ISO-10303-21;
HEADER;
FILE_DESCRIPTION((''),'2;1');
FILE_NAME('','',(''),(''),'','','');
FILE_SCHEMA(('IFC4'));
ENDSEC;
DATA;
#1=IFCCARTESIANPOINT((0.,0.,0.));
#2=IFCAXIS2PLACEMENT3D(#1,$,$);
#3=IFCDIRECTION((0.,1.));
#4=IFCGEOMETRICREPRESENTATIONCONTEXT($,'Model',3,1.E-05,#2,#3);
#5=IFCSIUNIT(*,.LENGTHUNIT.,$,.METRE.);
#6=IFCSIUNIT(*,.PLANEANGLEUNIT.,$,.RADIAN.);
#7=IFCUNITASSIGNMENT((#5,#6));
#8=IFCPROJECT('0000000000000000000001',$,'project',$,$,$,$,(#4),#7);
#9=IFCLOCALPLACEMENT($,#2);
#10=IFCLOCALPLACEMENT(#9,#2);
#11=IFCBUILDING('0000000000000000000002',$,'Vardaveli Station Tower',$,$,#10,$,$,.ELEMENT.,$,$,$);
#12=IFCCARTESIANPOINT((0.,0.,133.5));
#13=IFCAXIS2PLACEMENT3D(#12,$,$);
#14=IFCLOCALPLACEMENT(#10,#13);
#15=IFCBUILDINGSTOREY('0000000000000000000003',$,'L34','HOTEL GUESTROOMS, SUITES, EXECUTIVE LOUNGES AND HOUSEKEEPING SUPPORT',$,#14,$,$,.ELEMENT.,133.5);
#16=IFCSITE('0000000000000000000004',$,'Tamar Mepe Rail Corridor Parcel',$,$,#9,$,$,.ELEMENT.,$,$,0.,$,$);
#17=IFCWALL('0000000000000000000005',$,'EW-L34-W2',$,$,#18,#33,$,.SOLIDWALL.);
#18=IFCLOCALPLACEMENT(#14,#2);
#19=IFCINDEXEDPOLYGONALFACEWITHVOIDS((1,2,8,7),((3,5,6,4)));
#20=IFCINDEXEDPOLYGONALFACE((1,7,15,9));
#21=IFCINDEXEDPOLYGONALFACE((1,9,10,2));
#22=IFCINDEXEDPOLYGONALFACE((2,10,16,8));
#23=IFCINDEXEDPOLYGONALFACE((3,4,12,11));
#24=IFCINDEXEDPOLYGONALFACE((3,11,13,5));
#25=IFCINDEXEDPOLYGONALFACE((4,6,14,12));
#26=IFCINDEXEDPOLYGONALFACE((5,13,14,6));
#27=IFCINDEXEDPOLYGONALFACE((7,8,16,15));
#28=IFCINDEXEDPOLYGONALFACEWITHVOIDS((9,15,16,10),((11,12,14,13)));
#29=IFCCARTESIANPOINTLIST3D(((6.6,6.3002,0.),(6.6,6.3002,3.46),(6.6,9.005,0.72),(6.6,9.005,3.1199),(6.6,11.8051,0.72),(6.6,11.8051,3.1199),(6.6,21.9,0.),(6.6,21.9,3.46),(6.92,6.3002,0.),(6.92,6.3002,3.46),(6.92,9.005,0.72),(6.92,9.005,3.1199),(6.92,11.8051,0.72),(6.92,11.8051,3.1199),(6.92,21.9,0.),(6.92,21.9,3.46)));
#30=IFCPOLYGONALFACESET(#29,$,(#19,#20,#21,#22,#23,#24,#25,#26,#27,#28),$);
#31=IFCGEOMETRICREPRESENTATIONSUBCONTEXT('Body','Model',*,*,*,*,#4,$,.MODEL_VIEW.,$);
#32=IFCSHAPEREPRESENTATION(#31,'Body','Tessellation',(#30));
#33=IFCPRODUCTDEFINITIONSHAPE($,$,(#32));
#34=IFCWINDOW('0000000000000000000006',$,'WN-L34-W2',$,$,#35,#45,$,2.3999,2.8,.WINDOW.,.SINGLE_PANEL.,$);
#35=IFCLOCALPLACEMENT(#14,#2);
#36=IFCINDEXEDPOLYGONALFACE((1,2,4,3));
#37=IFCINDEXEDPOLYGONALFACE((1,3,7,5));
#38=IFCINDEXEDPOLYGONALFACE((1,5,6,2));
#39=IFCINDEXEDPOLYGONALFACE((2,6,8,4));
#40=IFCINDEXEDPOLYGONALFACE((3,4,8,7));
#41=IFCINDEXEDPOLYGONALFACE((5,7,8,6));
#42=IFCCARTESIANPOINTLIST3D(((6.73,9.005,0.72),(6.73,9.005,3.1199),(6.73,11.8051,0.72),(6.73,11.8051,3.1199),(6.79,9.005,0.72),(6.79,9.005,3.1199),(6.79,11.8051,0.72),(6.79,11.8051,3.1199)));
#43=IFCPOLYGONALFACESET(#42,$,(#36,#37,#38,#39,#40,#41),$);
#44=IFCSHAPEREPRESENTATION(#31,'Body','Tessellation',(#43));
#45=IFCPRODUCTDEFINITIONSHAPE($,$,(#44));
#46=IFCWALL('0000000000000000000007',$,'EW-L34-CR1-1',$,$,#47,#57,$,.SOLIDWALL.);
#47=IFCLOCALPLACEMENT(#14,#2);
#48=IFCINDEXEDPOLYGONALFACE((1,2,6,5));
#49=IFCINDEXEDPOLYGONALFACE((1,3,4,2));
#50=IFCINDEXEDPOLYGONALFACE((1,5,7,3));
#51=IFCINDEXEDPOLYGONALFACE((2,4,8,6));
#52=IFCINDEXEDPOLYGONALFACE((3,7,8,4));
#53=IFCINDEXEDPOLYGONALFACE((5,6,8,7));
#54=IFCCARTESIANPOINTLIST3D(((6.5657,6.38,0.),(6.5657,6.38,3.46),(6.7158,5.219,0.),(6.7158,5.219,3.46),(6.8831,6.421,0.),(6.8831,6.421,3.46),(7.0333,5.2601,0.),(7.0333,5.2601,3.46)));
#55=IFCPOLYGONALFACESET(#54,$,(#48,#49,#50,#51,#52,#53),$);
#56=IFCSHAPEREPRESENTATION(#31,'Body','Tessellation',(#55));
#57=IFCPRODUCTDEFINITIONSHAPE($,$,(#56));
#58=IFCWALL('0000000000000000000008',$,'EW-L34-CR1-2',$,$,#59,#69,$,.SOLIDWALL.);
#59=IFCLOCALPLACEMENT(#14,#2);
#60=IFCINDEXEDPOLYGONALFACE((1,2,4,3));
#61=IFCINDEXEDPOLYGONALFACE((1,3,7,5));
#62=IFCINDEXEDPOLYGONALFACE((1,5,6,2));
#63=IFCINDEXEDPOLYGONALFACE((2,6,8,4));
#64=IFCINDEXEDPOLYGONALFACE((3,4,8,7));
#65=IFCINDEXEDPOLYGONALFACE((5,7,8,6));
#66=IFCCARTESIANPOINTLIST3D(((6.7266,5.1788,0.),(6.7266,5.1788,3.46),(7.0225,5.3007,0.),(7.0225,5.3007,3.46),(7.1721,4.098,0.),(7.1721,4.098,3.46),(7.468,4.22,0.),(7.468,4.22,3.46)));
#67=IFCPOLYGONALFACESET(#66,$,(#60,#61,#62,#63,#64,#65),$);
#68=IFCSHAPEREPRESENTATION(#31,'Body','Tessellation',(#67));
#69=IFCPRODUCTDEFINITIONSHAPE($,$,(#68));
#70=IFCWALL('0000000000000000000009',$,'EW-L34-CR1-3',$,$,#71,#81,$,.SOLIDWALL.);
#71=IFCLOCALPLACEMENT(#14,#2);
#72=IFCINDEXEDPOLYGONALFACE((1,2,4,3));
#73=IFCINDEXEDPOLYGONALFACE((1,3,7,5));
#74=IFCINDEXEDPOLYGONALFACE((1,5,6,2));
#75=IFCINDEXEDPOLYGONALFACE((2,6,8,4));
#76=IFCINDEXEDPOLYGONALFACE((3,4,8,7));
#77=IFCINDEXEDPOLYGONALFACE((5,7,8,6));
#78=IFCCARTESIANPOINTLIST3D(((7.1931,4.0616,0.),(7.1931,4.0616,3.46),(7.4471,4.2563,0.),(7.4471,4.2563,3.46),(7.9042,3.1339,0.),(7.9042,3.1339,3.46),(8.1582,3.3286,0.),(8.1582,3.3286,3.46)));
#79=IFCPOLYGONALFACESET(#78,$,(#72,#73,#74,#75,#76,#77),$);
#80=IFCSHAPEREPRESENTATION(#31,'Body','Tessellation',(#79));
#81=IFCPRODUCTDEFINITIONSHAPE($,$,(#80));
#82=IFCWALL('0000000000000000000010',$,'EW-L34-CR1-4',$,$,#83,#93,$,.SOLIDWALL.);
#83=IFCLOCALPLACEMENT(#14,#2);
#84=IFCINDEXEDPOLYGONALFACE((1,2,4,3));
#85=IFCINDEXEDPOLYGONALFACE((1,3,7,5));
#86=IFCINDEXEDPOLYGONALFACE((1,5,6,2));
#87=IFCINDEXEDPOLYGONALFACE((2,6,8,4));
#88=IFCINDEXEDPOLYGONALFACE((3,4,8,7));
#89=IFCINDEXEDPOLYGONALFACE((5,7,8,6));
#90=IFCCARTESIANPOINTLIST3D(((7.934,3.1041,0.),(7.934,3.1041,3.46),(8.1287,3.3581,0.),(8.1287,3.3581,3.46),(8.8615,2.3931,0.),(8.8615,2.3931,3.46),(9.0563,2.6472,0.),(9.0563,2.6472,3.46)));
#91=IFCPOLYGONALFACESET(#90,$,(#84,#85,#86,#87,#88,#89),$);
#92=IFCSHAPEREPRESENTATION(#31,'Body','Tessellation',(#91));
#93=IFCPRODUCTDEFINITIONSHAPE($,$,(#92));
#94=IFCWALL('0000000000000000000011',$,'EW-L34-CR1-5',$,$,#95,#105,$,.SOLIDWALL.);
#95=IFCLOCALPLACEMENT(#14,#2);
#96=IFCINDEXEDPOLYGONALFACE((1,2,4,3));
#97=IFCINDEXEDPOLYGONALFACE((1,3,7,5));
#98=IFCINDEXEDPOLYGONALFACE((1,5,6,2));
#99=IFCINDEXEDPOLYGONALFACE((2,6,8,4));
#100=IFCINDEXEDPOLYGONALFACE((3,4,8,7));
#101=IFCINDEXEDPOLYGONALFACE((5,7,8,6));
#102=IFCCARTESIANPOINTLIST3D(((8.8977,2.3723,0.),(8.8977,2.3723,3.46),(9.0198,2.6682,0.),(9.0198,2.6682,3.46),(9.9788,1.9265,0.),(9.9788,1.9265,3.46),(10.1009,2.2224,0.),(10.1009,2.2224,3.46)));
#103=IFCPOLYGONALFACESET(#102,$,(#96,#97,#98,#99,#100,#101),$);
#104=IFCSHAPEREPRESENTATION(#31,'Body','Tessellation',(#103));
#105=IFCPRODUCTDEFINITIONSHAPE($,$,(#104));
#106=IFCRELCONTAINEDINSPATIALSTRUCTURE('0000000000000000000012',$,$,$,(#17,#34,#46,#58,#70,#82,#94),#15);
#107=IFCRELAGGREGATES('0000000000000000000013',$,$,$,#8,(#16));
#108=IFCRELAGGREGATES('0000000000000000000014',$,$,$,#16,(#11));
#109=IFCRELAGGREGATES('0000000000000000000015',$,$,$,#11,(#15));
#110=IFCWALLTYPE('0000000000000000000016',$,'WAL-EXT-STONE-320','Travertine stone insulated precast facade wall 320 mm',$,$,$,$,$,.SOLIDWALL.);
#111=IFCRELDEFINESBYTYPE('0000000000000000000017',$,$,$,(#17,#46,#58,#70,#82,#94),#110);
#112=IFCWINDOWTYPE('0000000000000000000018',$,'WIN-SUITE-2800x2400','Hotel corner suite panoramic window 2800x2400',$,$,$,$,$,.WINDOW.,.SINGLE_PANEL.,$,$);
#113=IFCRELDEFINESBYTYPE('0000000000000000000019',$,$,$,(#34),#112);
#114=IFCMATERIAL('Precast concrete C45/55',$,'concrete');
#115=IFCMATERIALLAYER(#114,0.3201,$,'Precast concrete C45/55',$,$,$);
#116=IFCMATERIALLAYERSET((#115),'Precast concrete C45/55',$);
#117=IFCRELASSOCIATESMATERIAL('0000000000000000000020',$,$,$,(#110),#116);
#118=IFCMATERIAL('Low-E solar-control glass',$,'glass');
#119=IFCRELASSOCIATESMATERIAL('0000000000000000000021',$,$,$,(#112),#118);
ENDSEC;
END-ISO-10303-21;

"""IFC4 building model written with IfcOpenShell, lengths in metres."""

from ifc_helpers import new_model, si_unit, direction, frame, frame_2d, origin, place, context, subcontext, project, spatial, rectangle, extrude, source, transform, mapped, material, layer, layer_set, type_object, element, fill, save


model = new_model("IFC4")

# Units and contexts
model_context = context("Model", 3, precision=1e-05, world=origin(), true_north=direction((0.0, 1.0)))
body_context = subcontext(model_context, "Body", "Model", "MODEL_VIEW")
ifc_project = project(units=[si_unit("LENGTHUNIT", "METRE"), si_unit("PLANEANGLEUNIT", "RADIAN")], contexts=[model_context])

# Site, building, storey
site_placement = place(None, origin())
site = spatial("IfcSite", under=ifc_project, at=site_placement, Name="Tamar Mepe Rail Corridor Parcel", CompositionType="ELEMENT", RefElevation=0.0)
building_placement = place(site_placement, origin())
building = spatial("IfcBuilding", under=site, at=building_placement, Name="Vardaveli Station Tower", CompositionType="ELEMENT")
storey_placement = place(building_placement, frame((0.0, 0.0, 133.5)))
storey = spatial("IfcBuildingStorey", under=building, at=storey_placement, Name="L34", Description="HOTEL GUESTROOMS, SUITES, EXECUTIVE LOUNGES AND HOUSEKEEPING SUPPORT", CompositionType="ELEMENT", Elevation=133.5)

# Shared definitions
ifc_material_1 = material(Name="Precast concrete C45/55", Category="concrete")

# Wall, opening, window
ifc_layer_1 = layer(ifc_material_1, 0.3201, Name="Precast concrete C45/55")
ifc_layer_set_1 = layer_set([ifc_layer_1], Name="Precast concrete C45/55")
wall_type_1 = type_object("IfcWallType", Name="WAL-EXT-STONE-320", Description="Travertine stone insulated precast facade wall 320 mm", PredefinedType="SOLIDWALL", material=ifc_layer_set_1)
shared_shape_1 = source(origin(), body_context, "Body", "SweptSolid", [
    extrude(rectangle(XDim=15.5999, YDim=0.3201, at=frame_2d((7.7998, 0.0))), origin(), (0.0, 0.0, 1.0), 3.46),
])
wall_1_placement = place(storey_placement, frame((6.76, 21.8999, 0.0), z_axis=(0.0, 0.0, 1.0), x_axis=(0.0, -1.0, 0.0)))
wall_1 = element("IfcWall", 1, at=wall_1_placement, inside=storey, type_object=wall_type_1, Name="EW-L34-W2", PredefinedType="SOLIDWALL", context=body_context, shape_type="MappedRepresentation", body=[
    mapped(shared_shape_1, transform((0.0, 0.0, 0.0), scale=1.0)),
])
shared_shape_2 = source(origin(), body_context, "Body", "SweptSolid", [
    extrude(rectangle(XDim=2.8, YDim=2.3999, at=frame_2d((1.3999, 1.2))), frame((0.0, 0.1699, 0.0), z_axis=(0.0, -1.0, 0.0), x_axis=(1.0, 0.0, 0.0)), (0.0, 0.0, 1.0), 0.3401),
])
opening_1_placement = place(wall_1_placement, frame((10.095, 0.0, 0.72)))
opening_1 = element("IfcOpeningElement", 2, at=opening_1_placement, cuts=wall_1, PredefinedType="OPENING", context=body_context, shape_type="MappedRepresentation", body=[
    mapped(shared_shape_2, transform((0.0, 0.0, 0.0), scale=1.0)),
])
ifc_material_2 = material(Name="Low-E solar-control glass", Category="glass")
window_type = type_object("IfcWindowType", Name="WIN-SUITE-2800x2400", Description="Hotel corner suite panoramic window 2800x2400", PartitioningType="SINGLE_PANEL", PredefinedType="WINDOW", material=ifc_material_2)
shared_shape_3 = source(origin(), body_context, "Body", "SweptSolid", [
    extrude(rectangle(XDim=2.8, YDim=2.3999, at=frame_2d((1.3999, 1.2))), frame((0.0, 0.03, 0.0), z_axis=(0.0, -1.0, 0.0), x_axis=(1.0, 0.0, 0.0)), (0.0, 0.0, 1.0), 0.0601),
])
window_placement = place(opening_1_placement, origin())
window = element("IfcWindow", 3, at=window_placement, inside=storey, type_object=window_type, Name="WN-L34-W2", OverallHeight=2.3999, OverallWidth=2.8, PartitioningType="SINGLE_PANEL", PredefinedType="WINDOW", context=body_context, shape_type="MappedRepresentation", body=[
    mapped(shared_shape_3, transform((0.0, 0.0, 0.0), scale=1.0)),
])
fill(opening_1, window)

# Walls
shared_shape_4 = source(origin(), body_context, "Body", "SweptSolid", [
    extrude(rectangle(XDim=1.1707, YDim=0.3201, at=frame_2d((0.5854, 0.0))), origin(), (0.0, 0.0, 1.0), 3.46),
])
wall_2_placement = place(storey_placement, frame((6.7244, 6.4006, 0.0), z_axis=(0.0, 0.0, 1.0), x_axis=(0.128269, -0.991739, 0.0)))
element("IfcWall", 4, at=wall_2_placement, inside=storey, type_object=wall_type_1, Name="EW-L34-CR1-1", PredefinedType="SOLIDWALL", context=body_context, shape_type="MappedRepresentation", body=[
    mapped(shared_shape_4, transform((0.0, 0.0, 0.0), scale=1.0)),
])
shared_shape_5 = source(origin(), body_context, "Body", "SweptSolid", [
    extrude(rectangle(XDim=1.1689, YDim=0.3201, at=frame_2d((0.5845, 0.0))), origin(), (0.0, 0.0, 1.0), 3.46),
])
for number, where, z_axis, x_axis, name in (
    (5, (6.8745, 5.2397, 0.0), (0.0, 0.0, 1.0), (0.381128, -0.924522, 0.0), "EW-L34-CR1-2"),
    (6, (7.3201, 4.1589, 0.0), (0.0, 0.0, 1.0), (0.608388, -0.79364, 0.0), "EW-L34-CR1-3"),
):
    element("IfcWall", number, at=place(storey_placement, frame(where, z_axis=z_axis, x_axis=x_axis)), inside=storey, type_object=wall_type_1, Name=name, PredefinedType="SOLIDWALL", context=body_context, shape_type="MappedRepresentation", body=[
        mapped(shared_shape_5, transform((0.0, 0.0, 0.0), scale=1.0)),
    ])
shared_shape_6 = source(origin(), body_context, "Body", "SweptSolid", [
    extrude(rectangle(XDim=1.1687, YDim=0.3201, at=frame_2d((0.5845, 0.0))), origin(), (0.0, 0.0, 1.0), 3.46),
])
wall_3_placement = place(storey_placement, frame((8.0312, 3.2312, 0.0), z_axis=(0.0, 0.0, 1.0), x_axis=(0.793664, -0.608357, 0.0)))
element("IfcWall", 7, at=wall_3_placement, inside=storey, type_object=wall_type_1, Name="EW-L34-CR1-4", PredefinedType="SOLIDWALL", context=body_context, shape_type="MappedRepresentation", body=[
    mapped(shared_shape_6, transform((0.0, 0.0, 0.0), scale=1.0)),
])
shared_shape_7 = source(origin(), body_context, "Body", "SweptSolid", [
    extrude(rectangle(XDim=1.1694, YDim=0.3201, at=frame_2d((0.5847, 0.0))), origin(), (0.0, 0.0, 1.0), 3.46),
])
wall_4_placement = place(storey_placement, frame((8.9587, 2.5203, 0.0), z_axis=(0.0, 0.0, 1.0), x_axis=(0.924479, -0.381233, 0.0)))
element("IfcWall", 8, at=wall_4_placement, inside=storey, type_object=wall_type_1, Name="EW-L34-CR1-5", PredefinedType="SOLIDWALL", context=body_context, shape_type="MappedRepresentation", body=[
    mapped(shared_shape_7, transform((0.0, 0.0, 0.0), scale=1.0)),
])

save(model, "model.ifc")
